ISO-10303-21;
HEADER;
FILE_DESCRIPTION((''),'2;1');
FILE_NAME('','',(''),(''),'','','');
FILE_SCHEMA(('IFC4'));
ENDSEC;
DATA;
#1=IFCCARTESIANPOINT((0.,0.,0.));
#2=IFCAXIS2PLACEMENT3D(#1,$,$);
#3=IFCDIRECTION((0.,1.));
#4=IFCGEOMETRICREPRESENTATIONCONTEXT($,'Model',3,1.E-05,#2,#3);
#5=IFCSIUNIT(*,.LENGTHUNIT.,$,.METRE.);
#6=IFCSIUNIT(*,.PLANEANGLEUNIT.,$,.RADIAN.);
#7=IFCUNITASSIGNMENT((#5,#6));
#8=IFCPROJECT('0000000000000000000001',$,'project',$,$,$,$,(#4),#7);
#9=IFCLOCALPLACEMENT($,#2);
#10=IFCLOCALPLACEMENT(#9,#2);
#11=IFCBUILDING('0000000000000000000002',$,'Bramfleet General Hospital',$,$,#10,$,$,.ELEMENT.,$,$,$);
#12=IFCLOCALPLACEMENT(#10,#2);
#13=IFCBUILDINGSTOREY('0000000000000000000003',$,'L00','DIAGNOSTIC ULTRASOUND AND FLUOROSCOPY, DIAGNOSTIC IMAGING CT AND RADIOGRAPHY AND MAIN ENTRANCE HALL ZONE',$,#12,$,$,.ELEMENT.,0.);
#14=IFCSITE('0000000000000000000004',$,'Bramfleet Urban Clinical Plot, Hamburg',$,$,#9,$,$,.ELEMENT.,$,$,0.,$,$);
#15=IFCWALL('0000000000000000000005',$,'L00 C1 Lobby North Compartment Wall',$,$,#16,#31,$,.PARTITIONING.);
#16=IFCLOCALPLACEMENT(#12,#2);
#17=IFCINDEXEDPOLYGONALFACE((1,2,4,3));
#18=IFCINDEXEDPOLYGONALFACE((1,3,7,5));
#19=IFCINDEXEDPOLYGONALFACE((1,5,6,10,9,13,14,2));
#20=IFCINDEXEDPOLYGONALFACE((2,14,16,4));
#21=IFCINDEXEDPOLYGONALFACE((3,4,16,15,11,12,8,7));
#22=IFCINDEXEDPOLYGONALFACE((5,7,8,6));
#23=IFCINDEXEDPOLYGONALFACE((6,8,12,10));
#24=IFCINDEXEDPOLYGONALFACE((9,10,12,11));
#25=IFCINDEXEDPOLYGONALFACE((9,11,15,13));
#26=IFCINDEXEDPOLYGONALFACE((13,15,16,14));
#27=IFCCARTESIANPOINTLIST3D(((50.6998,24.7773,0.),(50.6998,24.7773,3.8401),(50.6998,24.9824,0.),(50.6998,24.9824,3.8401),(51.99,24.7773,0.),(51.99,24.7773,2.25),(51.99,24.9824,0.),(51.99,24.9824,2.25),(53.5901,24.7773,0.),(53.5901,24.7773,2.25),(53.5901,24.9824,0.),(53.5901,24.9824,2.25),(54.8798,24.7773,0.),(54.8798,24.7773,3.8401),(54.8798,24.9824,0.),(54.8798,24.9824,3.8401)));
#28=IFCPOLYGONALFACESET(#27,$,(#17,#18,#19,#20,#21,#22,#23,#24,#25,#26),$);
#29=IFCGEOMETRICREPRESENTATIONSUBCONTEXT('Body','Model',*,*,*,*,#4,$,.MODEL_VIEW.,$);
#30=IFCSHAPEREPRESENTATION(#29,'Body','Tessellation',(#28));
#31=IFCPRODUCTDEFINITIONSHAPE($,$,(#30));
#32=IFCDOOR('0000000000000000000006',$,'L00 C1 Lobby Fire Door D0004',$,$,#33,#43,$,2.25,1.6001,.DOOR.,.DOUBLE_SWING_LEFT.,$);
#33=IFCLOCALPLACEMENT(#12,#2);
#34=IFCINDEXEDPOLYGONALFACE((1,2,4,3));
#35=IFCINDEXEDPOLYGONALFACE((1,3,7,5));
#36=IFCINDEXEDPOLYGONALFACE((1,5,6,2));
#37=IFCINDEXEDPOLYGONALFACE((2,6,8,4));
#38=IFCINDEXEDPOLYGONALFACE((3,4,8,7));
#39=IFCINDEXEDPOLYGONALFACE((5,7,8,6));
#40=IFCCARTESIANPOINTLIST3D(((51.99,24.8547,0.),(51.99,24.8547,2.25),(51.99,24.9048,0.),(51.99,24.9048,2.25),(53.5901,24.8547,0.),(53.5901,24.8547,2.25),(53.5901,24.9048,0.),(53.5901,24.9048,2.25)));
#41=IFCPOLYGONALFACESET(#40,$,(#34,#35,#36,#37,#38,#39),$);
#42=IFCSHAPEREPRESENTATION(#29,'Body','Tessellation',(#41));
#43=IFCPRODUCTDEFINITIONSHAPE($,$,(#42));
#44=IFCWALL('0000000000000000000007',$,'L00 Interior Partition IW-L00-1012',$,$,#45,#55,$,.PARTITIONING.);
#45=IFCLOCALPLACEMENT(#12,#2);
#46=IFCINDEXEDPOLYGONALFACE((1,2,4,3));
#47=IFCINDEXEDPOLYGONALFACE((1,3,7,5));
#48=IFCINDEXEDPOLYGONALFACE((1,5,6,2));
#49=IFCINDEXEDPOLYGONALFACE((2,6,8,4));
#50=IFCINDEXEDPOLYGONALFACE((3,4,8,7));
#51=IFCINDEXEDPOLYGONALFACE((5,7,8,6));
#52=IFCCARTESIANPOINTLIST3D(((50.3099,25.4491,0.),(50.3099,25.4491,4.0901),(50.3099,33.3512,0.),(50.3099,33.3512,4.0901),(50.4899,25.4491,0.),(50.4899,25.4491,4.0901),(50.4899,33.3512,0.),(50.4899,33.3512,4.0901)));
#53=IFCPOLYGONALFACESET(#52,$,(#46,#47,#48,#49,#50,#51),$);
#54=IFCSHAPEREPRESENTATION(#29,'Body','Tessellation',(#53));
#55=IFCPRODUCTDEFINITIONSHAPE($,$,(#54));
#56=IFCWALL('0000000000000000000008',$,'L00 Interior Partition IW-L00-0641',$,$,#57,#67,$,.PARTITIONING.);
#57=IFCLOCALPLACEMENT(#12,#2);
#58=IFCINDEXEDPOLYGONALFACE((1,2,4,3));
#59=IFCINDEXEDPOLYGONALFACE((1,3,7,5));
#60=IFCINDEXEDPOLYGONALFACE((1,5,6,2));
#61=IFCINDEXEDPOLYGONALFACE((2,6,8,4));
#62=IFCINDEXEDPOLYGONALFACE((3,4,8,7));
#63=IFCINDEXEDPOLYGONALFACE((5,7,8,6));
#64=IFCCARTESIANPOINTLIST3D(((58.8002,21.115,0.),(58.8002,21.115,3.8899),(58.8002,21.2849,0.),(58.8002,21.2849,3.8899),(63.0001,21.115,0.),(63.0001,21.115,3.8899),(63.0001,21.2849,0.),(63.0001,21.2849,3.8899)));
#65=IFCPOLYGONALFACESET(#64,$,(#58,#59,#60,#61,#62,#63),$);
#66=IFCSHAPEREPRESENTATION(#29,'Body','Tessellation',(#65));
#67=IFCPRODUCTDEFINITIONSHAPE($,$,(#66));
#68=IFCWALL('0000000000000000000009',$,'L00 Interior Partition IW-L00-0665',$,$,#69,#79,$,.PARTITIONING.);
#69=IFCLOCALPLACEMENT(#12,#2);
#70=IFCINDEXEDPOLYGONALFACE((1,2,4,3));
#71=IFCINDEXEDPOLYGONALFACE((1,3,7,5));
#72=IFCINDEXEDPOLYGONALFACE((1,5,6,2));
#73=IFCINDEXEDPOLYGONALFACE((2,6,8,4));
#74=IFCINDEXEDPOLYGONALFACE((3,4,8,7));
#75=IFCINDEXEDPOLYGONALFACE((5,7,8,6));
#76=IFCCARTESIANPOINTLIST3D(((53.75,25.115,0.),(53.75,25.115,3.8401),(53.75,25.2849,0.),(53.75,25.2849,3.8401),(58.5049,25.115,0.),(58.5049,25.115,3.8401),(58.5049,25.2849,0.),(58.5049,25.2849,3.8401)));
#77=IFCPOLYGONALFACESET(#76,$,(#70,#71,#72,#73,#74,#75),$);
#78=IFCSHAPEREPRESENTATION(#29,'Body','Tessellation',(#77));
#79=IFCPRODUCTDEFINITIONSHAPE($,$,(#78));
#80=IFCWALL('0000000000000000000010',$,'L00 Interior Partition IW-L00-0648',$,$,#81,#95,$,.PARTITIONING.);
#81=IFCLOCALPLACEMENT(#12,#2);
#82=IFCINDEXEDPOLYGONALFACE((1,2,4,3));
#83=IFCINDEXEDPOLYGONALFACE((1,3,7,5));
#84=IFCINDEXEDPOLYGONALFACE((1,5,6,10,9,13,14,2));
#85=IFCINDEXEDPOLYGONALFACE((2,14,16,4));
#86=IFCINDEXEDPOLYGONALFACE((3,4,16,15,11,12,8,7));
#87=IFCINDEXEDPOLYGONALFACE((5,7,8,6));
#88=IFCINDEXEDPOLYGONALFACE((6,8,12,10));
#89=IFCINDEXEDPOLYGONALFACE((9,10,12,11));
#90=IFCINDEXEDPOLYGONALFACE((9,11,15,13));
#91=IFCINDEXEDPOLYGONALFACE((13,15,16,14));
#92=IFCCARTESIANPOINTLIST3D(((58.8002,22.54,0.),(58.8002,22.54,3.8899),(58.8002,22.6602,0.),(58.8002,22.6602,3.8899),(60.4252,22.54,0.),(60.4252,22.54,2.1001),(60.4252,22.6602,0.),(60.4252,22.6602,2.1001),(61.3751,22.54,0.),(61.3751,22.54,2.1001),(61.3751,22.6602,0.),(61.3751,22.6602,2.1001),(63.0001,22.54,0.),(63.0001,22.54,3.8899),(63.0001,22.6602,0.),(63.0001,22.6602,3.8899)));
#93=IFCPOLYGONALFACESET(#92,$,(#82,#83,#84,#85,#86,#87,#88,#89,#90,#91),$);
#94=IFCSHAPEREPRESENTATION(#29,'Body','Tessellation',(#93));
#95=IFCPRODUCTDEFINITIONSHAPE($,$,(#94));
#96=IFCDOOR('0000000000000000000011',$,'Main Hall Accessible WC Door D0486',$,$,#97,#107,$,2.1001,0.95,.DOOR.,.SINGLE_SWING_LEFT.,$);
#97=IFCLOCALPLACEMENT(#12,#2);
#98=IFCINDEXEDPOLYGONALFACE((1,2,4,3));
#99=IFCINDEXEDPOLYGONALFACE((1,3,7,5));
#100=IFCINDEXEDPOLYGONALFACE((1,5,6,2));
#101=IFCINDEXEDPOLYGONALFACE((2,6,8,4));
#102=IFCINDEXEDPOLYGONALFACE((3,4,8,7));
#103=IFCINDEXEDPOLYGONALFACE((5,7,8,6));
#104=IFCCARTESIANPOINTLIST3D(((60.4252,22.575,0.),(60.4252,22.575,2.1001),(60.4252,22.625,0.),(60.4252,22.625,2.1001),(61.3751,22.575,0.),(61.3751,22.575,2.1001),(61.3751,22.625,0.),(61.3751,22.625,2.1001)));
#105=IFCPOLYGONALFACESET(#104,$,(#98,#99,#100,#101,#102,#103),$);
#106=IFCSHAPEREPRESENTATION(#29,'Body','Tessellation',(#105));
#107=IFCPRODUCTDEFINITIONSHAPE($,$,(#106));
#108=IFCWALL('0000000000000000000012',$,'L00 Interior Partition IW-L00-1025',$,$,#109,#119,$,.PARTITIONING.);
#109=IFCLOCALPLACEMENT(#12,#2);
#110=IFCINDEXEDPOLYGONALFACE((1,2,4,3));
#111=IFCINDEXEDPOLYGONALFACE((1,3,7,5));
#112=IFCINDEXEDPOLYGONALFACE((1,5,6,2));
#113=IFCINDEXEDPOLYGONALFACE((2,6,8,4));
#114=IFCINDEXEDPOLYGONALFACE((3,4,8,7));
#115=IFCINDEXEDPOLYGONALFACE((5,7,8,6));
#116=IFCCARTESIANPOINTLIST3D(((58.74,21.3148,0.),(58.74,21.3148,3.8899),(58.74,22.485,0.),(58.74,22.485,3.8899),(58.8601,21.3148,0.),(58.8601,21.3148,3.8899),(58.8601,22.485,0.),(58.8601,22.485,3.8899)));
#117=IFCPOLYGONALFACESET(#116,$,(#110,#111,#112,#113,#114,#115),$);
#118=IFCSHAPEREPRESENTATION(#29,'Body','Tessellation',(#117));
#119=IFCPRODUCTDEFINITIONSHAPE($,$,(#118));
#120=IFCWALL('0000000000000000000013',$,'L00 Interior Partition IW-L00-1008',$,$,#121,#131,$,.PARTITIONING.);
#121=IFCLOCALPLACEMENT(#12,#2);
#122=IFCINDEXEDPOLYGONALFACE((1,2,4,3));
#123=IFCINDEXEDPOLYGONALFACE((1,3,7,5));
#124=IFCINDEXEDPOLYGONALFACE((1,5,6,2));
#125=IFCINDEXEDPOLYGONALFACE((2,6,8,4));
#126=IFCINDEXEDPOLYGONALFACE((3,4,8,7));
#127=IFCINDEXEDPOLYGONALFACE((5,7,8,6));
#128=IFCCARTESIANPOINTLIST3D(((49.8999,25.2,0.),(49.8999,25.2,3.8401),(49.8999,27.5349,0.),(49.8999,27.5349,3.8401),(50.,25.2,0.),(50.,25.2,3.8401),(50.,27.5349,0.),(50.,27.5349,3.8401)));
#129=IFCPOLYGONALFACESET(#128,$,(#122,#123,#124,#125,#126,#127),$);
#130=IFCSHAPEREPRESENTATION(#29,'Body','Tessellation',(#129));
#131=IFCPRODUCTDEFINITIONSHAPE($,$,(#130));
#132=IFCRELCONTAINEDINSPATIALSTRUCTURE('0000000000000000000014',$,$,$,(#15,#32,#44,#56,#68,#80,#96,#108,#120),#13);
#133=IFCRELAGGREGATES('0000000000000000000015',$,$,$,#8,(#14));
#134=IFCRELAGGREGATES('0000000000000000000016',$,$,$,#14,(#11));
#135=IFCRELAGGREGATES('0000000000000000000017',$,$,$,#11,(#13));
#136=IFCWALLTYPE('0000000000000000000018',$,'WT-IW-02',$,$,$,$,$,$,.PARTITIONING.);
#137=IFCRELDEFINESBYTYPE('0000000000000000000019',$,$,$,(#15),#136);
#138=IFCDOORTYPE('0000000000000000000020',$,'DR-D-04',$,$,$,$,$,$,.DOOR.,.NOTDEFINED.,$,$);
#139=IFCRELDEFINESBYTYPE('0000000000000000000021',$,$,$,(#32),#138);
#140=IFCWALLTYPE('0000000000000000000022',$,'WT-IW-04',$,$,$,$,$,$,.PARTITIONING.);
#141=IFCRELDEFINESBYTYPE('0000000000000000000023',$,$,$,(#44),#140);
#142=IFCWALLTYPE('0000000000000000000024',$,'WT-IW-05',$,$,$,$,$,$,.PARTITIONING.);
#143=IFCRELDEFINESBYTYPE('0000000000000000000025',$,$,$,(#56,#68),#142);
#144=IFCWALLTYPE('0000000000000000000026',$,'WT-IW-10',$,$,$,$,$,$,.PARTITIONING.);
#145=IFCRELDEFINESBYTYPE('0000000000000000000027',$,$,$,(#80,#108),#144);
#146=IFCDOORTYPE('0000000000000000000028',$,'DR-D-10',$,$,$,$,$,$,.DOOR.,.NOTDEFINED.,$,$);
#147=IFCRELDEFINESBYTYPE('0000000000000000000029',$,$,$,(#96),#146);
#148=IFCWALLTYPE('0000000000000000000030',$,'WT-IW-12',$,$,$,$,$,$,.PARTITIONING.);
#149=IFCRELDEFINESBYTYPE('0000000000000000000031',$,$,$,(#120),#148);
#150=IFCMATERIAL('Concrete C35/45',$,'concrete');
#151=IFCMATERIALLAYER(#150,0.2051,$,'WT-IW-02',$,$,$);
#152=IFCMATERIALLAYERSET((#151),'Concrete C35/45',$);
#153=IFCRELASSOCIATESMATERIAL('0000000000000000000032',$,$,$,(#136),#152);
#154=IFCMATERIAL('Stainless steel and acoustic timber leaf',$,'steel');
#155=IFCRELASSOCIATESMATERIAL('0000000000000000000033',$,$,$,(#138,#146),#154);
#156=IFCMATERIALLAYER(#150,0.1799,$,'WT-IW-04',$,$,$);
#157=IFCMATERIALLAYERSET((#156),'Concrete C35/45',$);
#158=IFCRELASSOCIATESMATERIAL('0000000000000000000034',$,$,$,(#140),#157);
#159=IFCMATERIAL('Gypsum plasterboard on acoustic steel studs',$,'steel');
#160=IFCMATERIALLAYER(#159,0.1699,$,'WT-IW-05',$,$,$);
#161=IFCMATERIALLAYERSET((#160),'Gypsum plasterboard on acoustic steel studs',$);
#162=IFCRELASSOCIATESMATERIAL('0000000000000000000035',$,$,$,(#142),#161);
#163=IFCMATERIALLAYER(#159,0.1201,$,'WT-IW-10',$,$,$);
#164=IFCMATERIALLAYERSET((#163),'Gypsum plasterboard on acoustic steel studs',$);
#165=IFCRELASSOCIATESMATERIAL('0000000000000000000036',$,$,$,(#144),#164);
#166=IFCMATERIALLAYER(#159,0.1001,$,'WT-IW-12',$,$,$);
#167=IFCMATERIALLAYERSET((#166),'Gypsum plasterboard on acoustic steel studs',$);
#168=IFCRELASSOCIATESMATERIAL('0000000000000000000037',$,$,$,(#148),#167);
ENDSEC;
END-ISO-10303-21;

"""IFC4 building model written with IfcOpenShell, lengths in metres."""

from ifc_helpers import new_model, si_unit, direction, frame, frame_2d, origin, place, context, subcontext, project, spatial, rectangle, extrude, material, layer, layer_set, type_object, element, fill, save


model = new_model("IFC4")

# Units and contexts
model_context = context("Model", 3, precision=1e-05, world=origin(), true_north=direction((0.0, 1.0)))
body_context = subcontext(model_context, "Body", "Model", "MODEL_VIEW")
ifc_project = project(units=[si_unit("LENGTHUNIT", "METRE"), si_unit("PLANEANGLEUNIT", "RADIAN")], contexts=[model_context])

# Site, building, storey
site_placement = place(None, origin())
site = spatial("IfcSite", under=ifc_project, at=site_placement, Name="Bramfleet Urban Clinical Plot, Hamburg", CompositionType="ELEMENT", RefElevation=0.0)
building_placement = place(site_placement, origin())
building = spatial("IfcBuilding", under=site, at=building_placement, Name="Bramfleet General Hospital", CompositionType="ELEMENT")
storey_placement = place(building_placement, origin())
storey = spatial("IfcBuildingStorey", under=building, at=storey_placement, Name="L00", Description="DIAGNOSTIC ULTRASOUND AND FLUOROSCOPY, DIAGNOSTIC IMAGING CT AND RADIOGRAPHY AND MAIN ENTRANCE HALL ZONE", CompositionType="ELEMENT", Elevation=0.0)

# Shared definitions
ifc_material_1 = material(Name="Concrete C35/45", Category="concrete")

# Shared definitions
ifc_layer_1 = layer(ifc_material_1, 0.2051, Name="WT-IW-02")
ifc_layer_set_1 = layer_set([ifc_layer_1], Name="Concrete C35/45")
wall_type_1 = type_object("IfcWallType", Name="WT-IW-02", PredefinedType="PARTITIONING", material=ifc_layer_set_1)

# Wall, opening, door
wall_1_placement = place(storey_placement, frame((50.7, 24.8799, 0.0), z_axis=(0.0, 0.0, 1.0), x_axis=(1.0, 0.0, 0.0)))
wall_1 = element("IfcWall", 1, at=wall_1_placement, inside=storey, type_object=wall_type_1, Name="L00 C1 Lobby North Compartment Wall", PredefinedType="PARTITIONING", context=body_context, shape_type="SweptSolid", body=[
    extrude(rectangle(XDim=4.1799, YDim=0.2051, at=frame_2d((2.0898, 0.0))), origin(), (0.0, 0.0, 1.0), 3.8401),
])
opening_1_placement = place(wall_1_placement, frame((1.29, 0.0, 0.0)))
opening_1 = element("IfcOpeningElement", 2, at=opening_1_placement, cuts=wall_1, PredefinedType="OPENING", context=body_context, shape_type="SweptSolid", body=[
    extrude(rectangle(XDim=1.6001, YDim=2.25, at=frame_2d((0.8, 1.125))), frame((0.0, 0.1125, 0.0), z_axis=(0.0, -1.0, 0.0), x_axis=(1.0, 0.0, 0.0)), (0.0, 0.0, 1.0), 0.2251),
])
ifc_material_2 = material(Name="Stainless steel and acoustic timber leaf", Category="steel")
door_type_1 = type_object("IfcDoorType", Name="DR-D-04", OperationType="NOTDEFINED", PredefinedType="DOOR", material=ifc_material_2)
door_1_placement = place(opening_1_placement, origin())
door_1 = element("IfcDoor", 3, at=door_1_placement, inside=storey, type_object=door_type_1, Name="L00 C1 Lobby Fire Door D0004", OperationType="DOUBLE_SWING_LEFT", OverallHeight=2.25, OverallWidth=1.6001, PredefinedType="DOOR", context=body_context, shape_type="SweptSolid", body=[
    extrude(rectangle(XDim=1.6001, YDim=2.25, at=frame_2d((0.8, 1.125))), frame((0.0, 0.0249, 0.0), z_axis=(0.0, -1.0, 0.0), x_axis=(1.0, 0.0, 0.0)), (0.0, 0.0, 1.0), 0.05),
])
fill(opening_1, door_1)

# Walls
ifc_layer_2 = layer(ifc_material_1, 0.1799, Name="WT-IW-04")
ifc_layer_set_2 = layer_set([ifc_layer_2], Name="Concrete C35/45")
wall_type_2 = type_object("IfcWallType", Name="WT-IW-04", PredefinedType="PARTITIONING", material=ifc_layer_set_2)
wall_2_placement = place(storey_placement, frame((50.3999, 25.449, 0.0), z_axis=(0.0, 0.0, 1.0), x_axis=(0.0, 1.0, 0.0)))
element("IfcWall", 4, at=wall_2_placement, inside=storey, type_object=wall_type_2, Name="L00 Interior Partition IW-L00-1012", PredefinedType="PARTITIONING", context=body_context, shape_type="SweptSolid", body=[
    extrude(rectangle(XDim=7.9021, YDim=0.1799, at=frame_2d((3.9512, 0.0))), origin(), (0.0, 0.0, 1.0), 4.0901),
])
ifc_material_3 = material(Name="Gypsum plasterboard on acoustic steel studs", Category="steel")
ifc_layer_3 = layer(ifc_material_3, 0.1699, Name="WT-IW-05")
ifc_layer_set_3 = layer_set([ifc_layer_3], Name="Gypsum plasterboard on acoustic steel studs")
wall_type_3 = type_object("IfcWallType", Name="WT-IW-05", PredefinedType="PARTITIONING", material=ifc_layer_set_3)
wall_3_placement = place(storey_placement, frame((58.8, 21.2, 0.0), z_axis=(0.0, 0.0, 1.0), x_axis=(1.0, 0.0, 0.0)))
element("IfcWall", 5, at=wall_3_placement, inside=storey, type_object=wall_type_3, Name="L00 Interior Partition IW-L00-0641", PredefinedType="PARTITIONING", context=body_context, shape_type="SweptSolid", body=[
    extrude(rectangle(XDim=4.2, YDim=0.1699, at=frame_2d((2.1001, 0.0))), origin(), (0.0, 0.0, 1.0), 3.8899),
])
wall_4_placement = place(storey_placement, frame((53.75, 25.2, 0.0), z_axis=(0.0, 0.0, 1.0), x_axis=(1.0, 0.0, 0.0)))
element("IfcWall", 6, at=wall_4_placement, inside=storey, type_object=wall_type_3, Name="L00 Interior Partition IW-L00-0665", PredefinedType="PARTITIONING", context=body_context, shape_type="SweptSolid", body=[
    extrude(rectangle(XDim=4.7549, YDim=0.1699, at=frame_2d((2.3774, 0.0))), origin(), (0.0, 0.0, 1.0), 3.8401),
])

# Wall, opening, door
ifc_layer_4 = layer(ifc_material_3, 0.1201, Name="WT-IW-10")
ifc_layer_set_4 = layer_set([ifc_layer_4], Name="Gypsum plasterboard on acoustic steel studs")
wall_type_4 = type_object("IfcWallType", Name="WT-IW-10", PredefinedType="PARTITIONING", material=ifc_layer_set_4)
wall_5_placement = place(storey_placement, frame((58.8, 22.6001, 0.0), z_axis=(0.0, 0.0, 1.0), x_axis=(1.0, 0.0, 0.0)))
wall_5 = element("IfcWall", 7, at=wall_5_placement, inside=storey, type_object=wall_type_4, Name="L00 Interior Partition IW-L00-0648", PredefinedType="PARTITIONING", context=body_context, shape_type="SweptSolid", body=[
    extrude(rectangle(XDim=4.2, YDim=0.1201, at=frame_2d((2.1001, 0.0))), origin(), (0.0, 0.0, 1.0), 3.8899),
])
opening_2_placement = place(wall_5_placement, frame((1.625, 0.0, 0.0)))
opening_2 = element("IfcOpeningElement", 8, at=opening_2_placement, cuts=wall_5, PredefinedType="OPENING", context=body_context, shape_type="SweptSolid", body=[
    extrude(rectangle(XDim=0.95, YDim=2.1001, at=frame_2d((0.4751, 1.05))), frame((0.0, 0.0701, 0.0), z_axis=(0.0, -1.0, 0.0), x_axis=(1.0, 0.0, 0.0)), (0.0, 0.0, 1.0), 0.1401),
])
door_type_2 = type_object("IfcDoorType", Name="DR-D-10", OperationType="NOTDEFINED", PredefinedType="DOOR", material=ifc_material_2)
door_2_placement = place(opening_2_placement, origin())
door_2 = element("IfcDoor", 9, at=door_2_placement, inside=storey, type_object=door_type_2, Name="Main Hall Accessible WC Door D0486", OperationType="SINGLE_SWING_LEFT", OverallHeight=2.1001, OverallWidth=0.95, PredefinedType="DOOR", context=body_context, shape_type="SweptSolid", body=[
    extrude(rectangle(XDim=0.95, YDim=2.1001, at=frame_2d((0.4751, 1.05))), frame((0.0, 0.0249, 0.0), z_axis=(0.0, -1.0, 0.0), x_axis=(1.0, 0.0, 0.0)), (0.0, 0.0, 1.0), 0.05),
])
fill(opening_2, door_2)

# Walls
wall_6_placement = place(storey_placement, frame((58.8, 21.3149, 0.0), z_axis=(0.0, 0.0, 1.0), x_axis=(0.0, 1.0, 0.0)))
element("IfcWall", 10, at=wall_6_placement, inside=storey, type_object=wall_type_4, Name="L00 Interior Partition IW-L00-1025", PredefinedType="PARTITIONING", context=body_context, shape_type="SweptSolid", body=[
    extrude(rectangle(XDim=1.1702, YDim=0.1201, at=frame_2d((0.585, 0.0))), origin(), (0.0, 0.0, 1.0), 3.8899),
])
ifc_layer_5 = layer(ifc_material_3, 0.1001, Name="WT-IW-12")
ifc_layer_set_5 = layer_set([ifc_layer_5], Name="Gypsum plasterboard on acoustic steel studs")
wall_type_5 = type_object("IfcWallType", Name="WT-IW-12", PredefinedType="PARTITIONING", material=ifc_layer_set_5)
wall_7_placement = place(storey_placement, frame((49.95, 25.2, 0.0), z_axis=(0.0, 0.0, 1.0), x_axis=(0.0, 1.0, 0.0)))
element("IfcWall", 11, at=wall_7_placement, inside=storey, type_object=wall_type_5, Name="L00 Interior Partition IW-L00-1008", PredefinedType="PARTITIONING", context=body_context, shape_type="SweptSolid", body=[
    extrude(rectangle(XDim=2.335, YDim=0.1001, at=frame_2d((1.1675, 0.0))), origin(), (0.0, 0.0, 1.0), 3.8401),
])

save(model, "model.ifc")
